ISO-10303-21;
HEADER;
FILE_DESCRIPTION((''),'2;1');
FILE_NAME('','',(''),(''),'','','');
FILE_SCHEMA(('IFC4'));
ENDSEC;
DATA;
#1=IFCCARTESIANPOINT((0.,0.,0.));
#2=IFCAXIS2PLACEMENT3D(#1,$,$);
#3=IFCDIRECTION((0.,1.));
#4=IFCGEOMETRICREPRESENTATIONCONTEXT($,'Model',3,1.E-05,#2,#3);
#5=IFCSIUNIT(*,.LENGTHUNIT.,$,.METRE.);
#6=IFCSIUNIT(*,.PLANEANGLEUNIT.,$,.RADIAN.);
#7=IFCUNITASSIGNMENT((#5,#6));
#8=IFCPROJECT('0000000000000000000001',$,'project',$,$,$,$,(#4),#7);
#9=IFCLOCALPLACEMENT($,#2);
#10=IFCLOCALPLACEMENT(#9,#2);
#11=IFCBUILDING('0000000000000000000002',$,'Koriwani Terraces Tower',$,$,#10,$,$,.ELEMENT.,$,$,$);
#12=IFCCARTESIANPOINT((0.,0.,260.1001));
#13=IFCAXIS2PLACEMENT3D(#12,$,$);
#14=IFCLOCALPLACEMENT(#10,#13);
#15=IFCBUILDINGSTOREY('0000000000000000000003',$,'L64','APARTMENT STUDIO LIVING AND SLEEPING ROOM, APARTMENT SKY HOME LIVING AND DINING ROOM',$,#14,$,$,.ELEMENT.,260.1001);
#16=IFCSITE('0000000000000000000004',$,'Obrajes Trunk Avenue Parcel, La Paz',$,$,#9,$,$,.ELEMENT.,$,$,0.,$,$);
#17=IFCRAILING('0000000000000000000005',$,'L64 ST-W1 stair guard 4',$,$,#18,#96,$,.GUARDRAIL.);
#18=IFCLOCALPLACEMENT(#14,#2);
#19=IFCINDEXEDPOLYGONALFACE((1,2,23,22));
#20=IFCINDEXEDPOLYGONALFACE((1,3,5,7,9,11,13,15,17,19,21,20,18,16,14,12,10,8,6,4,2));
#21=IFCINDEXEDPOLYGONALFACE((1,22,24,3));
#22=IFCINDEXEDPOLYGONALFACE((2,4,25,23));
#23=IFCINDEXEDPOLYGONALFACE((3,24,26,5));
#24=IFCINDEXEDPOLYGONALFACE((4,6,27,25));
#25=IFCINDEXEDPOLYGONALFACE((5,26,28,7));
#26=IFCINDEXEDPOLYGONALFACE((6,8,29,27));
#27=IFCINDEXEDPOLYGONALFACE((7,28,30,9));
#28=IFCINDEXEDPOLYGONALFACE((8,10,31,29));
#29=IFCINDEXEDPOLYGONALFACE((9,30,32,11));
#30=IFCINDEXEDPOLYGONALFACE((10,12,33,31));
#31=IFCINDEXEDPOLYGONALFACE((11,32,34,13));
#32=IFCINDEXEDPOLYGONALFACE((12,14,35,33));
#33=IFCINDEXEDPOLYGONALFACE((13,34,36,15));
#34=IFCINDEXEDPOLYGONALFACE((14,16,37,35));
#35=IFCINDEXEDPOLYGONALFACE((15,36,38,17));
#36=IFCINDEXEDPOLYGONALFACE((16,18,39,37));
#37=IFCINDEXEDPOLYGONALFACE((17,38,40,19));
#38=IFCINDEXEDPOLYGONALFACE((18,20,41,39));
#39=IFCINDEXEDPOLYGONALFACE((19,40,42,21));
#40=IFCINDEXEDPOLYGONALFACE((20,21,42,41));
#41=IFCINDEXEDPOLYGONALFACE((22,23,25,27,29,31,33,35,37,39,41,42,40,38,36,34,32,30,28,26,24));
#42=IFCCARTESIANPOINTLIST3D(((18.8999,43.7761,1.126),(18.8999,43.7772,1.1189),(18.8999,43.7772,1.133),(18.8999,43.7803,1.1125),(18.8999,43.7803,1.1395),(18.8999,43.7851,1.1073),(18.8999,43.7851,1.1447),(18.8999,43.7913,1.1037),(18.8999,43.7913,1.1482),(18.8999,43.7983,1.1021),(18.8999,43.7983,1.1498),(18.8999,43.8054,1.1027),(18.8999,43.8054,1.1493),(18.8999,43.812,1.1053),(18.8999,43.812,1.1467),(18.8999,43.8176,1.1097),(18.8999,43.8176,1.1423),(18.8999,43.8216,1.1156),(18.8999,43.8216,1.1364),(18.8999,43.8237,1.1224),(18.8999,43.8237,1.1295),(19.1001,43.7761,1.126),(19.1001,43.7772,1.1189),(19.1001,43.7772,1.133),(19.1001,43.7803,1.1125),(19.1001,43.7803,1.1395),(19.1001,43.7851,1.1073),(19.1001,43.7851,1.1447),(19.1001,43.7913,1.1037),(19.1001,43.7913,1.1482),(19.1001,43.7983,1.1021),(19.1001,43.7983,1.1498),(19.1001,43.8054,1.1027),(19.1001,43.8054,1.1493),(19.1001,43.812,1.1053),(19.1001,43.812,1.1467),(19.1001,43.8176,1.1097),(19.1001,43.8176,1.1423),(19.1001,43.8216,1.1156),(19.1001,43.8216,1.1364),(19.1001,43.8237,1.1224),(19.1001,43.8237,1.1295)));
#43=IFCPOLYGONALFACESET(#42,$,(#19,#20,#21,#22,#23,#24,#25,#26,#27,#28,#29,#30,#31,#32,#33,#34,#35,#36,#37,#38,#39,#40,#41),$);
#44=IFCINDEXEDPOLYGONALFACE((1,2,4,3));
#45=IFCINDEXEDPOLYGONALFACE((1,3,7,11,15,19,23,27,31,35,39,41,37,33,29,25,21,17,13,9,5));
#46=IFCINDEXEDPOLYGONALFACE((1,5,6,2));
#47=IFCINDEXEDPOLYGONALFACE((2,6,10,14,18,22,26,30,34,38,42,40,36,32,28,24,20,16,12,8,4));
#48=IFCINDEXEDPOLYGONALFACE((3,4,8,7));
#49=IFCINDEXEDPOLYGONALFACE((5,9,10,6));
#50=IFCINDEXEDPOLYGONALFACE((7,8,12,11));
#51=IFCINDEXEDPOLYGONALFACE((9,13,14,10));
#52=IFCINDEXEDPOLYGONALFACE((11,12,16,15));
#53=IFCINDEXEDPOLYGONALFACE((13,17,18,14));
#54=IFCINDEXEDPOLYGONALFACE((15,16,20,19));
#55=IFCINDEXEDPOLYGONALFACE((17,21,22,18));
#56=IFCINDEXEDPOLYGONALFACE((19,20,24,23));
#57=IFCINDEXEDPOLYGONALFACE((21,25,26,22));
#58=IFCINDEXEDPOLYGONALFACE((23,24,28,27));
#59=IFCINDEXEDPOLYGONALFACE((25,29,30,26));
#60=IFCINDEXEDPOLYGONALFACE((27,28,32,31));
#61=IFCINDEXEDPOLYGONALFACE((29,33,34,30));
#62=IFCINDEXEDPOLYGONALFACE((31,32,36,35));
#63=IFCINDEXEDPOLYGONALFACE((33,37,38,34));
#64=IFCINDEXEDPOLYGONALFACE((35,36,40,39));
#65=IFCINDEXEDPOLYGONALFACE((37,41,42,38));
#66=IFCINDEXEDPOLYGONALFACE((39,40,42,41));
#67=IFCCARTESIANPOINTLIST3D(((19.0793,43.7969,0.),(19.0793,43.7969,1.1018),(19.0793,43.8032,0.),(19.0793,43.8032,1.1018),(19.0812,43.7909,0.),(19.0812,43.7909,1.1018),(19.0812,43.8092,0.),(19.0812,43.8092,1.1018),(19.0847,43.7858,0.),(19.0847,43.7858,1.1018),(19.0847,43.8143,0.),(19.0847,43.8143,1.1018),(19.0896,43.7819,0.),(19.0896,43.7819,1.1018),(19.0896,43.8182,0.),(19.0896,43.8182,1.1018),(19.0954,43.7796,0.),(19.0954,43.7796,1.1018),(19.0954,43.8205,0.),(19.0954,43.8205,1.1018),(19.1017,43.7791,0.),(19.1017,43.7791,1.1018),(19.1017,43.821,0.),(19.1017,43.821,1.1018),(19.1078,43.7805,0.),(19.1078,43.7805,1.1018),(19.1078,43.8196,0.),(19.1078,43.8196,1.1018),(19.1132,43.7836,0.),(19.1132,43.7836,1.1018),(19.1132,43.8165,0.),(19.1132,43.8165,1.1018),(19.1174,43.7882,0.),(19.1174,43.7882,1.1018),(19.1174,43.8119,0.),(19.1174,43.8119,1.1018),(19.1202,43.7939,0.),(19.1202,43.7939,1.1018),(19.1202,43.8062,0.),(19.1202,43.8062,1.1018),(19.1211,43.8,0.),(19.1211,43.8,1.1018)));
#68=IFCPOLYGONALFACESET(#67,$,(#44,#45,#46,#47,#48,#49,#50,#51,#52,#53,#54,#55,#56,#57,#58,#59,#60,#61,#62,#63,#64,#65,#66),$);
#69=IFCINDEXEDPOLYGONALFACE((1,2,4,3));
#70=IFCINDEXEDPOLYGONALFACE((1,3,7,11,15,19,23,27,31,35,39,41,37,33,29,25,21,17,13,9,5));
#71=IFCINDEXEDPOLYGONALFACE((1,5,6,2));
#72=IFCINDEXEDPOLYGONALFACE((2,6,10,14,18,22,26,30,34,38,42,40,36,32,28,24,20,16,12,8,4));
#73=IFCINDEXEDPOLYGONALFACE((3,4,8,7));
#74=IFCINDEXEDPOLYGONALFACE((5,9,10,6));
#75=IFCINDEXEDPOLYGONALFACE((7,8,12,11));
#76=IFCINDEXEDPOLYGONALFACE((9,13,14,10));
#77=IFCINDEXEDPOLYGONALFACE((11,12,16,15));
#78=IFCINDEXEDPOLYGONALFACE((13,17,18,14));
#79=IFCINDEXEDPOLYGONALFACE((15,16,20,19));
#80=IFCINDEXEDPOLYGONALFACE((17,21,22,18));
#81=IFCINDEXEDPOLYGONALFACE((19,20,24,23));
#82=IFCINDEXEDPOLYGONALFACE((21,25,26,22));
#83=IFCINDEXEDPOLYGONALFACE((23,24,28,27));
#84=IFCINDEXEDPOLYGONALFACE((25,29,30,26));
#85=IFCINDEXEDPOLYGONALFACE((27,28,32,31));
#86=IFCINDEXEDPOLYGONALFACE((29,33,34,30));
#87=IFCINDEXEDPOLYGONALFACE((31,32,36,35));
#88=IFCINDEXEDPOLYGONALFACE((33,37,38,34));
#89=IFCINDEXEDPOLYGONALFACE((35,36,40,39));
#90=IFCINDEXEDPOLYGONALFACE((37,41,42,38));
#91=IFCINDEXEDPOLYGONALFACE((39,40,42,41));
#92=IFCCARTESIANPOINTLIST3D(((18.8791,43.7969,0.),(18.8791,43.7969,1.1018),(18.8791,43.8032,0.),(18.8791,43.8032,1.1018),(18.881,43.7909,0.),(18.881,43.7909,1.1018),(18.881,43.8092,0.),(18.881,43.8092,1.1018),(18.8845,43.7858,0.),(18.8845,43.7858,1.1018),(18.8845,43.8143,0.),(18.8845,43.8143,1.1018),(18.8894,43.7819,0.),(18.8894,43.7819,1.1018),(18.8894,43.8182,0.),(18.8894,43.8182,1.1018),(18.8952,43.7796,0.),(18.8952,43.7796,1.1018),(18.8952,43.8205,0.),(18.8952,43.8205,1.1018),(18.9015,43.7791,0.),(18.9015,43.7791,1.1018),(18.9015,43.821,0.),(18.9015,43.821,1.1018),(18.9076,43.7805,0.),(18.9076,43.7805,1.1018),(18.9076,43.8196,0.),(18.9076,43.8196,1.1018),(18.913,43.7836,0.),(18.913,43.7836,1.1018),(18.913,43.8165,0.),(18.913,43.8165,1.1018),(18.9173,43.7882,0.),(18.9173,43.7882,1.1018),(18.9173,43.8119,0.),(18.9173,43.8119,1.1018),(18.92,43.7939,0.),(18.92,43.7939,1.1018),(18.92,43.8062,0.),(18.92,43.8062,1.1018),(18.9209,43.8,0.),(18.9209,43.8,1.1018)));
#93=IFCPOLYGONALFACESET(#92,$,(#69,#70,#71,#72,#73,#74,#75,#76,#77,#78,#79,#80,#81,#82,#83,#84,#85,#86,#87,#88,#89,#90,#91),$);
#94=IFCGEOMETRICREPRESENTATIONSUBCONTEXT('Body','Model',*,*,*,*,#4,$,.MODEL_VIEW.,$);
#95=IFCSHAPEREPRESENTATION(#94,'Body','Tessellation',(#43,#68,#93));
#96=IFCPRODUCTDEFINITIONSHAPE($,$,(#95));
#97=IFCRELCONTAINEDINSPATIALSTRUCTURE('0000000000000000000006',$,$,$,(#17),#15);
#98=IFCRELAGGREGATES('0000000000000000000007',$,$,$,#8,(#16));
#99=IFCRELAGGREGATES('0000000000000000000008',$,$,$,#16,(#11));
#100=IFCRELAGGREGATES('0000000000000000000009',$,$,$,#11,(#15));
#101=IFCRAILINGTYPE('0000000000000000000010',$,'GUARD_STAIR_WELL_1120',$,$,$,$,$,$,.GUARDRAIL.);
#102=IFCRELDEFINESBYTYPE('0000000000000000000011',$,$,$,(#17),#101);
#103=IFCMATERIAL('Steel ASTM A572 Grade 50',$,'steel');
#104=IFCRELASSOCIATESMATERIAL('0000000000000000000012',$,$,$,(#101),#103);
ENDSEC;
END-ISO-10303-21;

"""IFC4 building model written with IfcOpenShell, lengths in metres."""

from ifc_helpers import new_model, si_unit, direction, frame, origin, origin_2d, place, context, subcontext, project, spatial, circle, extrude, material, type_object, element, save


model = new_model("IFC4")

# Units and contexts
model_context = context("Model", 3, precision=1e-05, world=origin(), true_north=direction((0.0, 1.0)))
body_context = subcontext(model_context, "Body", "Model", "MODEL_VIEW")
ifc_project = project(units=[si_unit("LENGTHUNIT", "METRE"), si_unit("PLANEANGLEUNIT", "RADIAN")], contexts=[model_context])

# Site, building, storey
site_placement = place(None, origin())
site = spatial("IfcSite", under=ifc_project, at=site_placement, Name="Obrajes Trunk Avenue Parcel, La Paz", CompositionType="ELEMENT", RefElevation=0.0)
building_placement = place(site_placement, origin())
building = spatial("IfcBuilding", under=site, at=building_placement, Name="Koriwani Terraces Tower", CompositionType="ELEMENT")
storey_placement = place(building_placement, frame((0.0, 0.0, 260.1001)))
storey = spatial("IfcBuildingStorey", under=building, at=storey_placement, Name="L64", Description="APARTMENT STUDIO LIVING AND SLEEPING ROOM, APARTMENT SKY HOME LIVING AND DINING ROOM", CompositionType="ELEMENT", Elevation=260.1001)

# Shared definitions
ifc_material_1 = material(Name="Steel ASTM A572 Grade 50", Category="steel")

# Railing
railing_type = type_object("IfcRailingType", Name="GUARD_STAIR_WELL_1120", PredefinedType="GUARDRAIL", material=ifc_material_1)
railing_placement = place(storey_placement, frame((19.1001, 43.8, 0.0)))
element("IfcRailing", 1, at=railing_placement, inside=storey, type_object=railing_type, Name="L64 ST-W1 stair guard 4", PredefinedType="GUARDRAIL", context=body_context, shape_type="SweptSolid", body=[
    extrude(circle(Radius=0.0239, at=origin_2d()), frame((0.0, 0.0, 1.126), z_axis=(-1.0, 0.0, 0.0), x_axis=(0.0, -1.0, 0.0)), (0.0, 0.0, 1.0), 0.2002),
    extrude(circle(Radius=0.021, at=origin_2d()), origin(), (0.0, 0.0, 1.0), 1.1018),
    extrude(circle(Radius=0.021, at=origin_2d()), frame((-0.2002, 0.0, 0.0)), (0.0, 0.0, 1.0), 1.1018),
])

save(model, "model.ifc")
